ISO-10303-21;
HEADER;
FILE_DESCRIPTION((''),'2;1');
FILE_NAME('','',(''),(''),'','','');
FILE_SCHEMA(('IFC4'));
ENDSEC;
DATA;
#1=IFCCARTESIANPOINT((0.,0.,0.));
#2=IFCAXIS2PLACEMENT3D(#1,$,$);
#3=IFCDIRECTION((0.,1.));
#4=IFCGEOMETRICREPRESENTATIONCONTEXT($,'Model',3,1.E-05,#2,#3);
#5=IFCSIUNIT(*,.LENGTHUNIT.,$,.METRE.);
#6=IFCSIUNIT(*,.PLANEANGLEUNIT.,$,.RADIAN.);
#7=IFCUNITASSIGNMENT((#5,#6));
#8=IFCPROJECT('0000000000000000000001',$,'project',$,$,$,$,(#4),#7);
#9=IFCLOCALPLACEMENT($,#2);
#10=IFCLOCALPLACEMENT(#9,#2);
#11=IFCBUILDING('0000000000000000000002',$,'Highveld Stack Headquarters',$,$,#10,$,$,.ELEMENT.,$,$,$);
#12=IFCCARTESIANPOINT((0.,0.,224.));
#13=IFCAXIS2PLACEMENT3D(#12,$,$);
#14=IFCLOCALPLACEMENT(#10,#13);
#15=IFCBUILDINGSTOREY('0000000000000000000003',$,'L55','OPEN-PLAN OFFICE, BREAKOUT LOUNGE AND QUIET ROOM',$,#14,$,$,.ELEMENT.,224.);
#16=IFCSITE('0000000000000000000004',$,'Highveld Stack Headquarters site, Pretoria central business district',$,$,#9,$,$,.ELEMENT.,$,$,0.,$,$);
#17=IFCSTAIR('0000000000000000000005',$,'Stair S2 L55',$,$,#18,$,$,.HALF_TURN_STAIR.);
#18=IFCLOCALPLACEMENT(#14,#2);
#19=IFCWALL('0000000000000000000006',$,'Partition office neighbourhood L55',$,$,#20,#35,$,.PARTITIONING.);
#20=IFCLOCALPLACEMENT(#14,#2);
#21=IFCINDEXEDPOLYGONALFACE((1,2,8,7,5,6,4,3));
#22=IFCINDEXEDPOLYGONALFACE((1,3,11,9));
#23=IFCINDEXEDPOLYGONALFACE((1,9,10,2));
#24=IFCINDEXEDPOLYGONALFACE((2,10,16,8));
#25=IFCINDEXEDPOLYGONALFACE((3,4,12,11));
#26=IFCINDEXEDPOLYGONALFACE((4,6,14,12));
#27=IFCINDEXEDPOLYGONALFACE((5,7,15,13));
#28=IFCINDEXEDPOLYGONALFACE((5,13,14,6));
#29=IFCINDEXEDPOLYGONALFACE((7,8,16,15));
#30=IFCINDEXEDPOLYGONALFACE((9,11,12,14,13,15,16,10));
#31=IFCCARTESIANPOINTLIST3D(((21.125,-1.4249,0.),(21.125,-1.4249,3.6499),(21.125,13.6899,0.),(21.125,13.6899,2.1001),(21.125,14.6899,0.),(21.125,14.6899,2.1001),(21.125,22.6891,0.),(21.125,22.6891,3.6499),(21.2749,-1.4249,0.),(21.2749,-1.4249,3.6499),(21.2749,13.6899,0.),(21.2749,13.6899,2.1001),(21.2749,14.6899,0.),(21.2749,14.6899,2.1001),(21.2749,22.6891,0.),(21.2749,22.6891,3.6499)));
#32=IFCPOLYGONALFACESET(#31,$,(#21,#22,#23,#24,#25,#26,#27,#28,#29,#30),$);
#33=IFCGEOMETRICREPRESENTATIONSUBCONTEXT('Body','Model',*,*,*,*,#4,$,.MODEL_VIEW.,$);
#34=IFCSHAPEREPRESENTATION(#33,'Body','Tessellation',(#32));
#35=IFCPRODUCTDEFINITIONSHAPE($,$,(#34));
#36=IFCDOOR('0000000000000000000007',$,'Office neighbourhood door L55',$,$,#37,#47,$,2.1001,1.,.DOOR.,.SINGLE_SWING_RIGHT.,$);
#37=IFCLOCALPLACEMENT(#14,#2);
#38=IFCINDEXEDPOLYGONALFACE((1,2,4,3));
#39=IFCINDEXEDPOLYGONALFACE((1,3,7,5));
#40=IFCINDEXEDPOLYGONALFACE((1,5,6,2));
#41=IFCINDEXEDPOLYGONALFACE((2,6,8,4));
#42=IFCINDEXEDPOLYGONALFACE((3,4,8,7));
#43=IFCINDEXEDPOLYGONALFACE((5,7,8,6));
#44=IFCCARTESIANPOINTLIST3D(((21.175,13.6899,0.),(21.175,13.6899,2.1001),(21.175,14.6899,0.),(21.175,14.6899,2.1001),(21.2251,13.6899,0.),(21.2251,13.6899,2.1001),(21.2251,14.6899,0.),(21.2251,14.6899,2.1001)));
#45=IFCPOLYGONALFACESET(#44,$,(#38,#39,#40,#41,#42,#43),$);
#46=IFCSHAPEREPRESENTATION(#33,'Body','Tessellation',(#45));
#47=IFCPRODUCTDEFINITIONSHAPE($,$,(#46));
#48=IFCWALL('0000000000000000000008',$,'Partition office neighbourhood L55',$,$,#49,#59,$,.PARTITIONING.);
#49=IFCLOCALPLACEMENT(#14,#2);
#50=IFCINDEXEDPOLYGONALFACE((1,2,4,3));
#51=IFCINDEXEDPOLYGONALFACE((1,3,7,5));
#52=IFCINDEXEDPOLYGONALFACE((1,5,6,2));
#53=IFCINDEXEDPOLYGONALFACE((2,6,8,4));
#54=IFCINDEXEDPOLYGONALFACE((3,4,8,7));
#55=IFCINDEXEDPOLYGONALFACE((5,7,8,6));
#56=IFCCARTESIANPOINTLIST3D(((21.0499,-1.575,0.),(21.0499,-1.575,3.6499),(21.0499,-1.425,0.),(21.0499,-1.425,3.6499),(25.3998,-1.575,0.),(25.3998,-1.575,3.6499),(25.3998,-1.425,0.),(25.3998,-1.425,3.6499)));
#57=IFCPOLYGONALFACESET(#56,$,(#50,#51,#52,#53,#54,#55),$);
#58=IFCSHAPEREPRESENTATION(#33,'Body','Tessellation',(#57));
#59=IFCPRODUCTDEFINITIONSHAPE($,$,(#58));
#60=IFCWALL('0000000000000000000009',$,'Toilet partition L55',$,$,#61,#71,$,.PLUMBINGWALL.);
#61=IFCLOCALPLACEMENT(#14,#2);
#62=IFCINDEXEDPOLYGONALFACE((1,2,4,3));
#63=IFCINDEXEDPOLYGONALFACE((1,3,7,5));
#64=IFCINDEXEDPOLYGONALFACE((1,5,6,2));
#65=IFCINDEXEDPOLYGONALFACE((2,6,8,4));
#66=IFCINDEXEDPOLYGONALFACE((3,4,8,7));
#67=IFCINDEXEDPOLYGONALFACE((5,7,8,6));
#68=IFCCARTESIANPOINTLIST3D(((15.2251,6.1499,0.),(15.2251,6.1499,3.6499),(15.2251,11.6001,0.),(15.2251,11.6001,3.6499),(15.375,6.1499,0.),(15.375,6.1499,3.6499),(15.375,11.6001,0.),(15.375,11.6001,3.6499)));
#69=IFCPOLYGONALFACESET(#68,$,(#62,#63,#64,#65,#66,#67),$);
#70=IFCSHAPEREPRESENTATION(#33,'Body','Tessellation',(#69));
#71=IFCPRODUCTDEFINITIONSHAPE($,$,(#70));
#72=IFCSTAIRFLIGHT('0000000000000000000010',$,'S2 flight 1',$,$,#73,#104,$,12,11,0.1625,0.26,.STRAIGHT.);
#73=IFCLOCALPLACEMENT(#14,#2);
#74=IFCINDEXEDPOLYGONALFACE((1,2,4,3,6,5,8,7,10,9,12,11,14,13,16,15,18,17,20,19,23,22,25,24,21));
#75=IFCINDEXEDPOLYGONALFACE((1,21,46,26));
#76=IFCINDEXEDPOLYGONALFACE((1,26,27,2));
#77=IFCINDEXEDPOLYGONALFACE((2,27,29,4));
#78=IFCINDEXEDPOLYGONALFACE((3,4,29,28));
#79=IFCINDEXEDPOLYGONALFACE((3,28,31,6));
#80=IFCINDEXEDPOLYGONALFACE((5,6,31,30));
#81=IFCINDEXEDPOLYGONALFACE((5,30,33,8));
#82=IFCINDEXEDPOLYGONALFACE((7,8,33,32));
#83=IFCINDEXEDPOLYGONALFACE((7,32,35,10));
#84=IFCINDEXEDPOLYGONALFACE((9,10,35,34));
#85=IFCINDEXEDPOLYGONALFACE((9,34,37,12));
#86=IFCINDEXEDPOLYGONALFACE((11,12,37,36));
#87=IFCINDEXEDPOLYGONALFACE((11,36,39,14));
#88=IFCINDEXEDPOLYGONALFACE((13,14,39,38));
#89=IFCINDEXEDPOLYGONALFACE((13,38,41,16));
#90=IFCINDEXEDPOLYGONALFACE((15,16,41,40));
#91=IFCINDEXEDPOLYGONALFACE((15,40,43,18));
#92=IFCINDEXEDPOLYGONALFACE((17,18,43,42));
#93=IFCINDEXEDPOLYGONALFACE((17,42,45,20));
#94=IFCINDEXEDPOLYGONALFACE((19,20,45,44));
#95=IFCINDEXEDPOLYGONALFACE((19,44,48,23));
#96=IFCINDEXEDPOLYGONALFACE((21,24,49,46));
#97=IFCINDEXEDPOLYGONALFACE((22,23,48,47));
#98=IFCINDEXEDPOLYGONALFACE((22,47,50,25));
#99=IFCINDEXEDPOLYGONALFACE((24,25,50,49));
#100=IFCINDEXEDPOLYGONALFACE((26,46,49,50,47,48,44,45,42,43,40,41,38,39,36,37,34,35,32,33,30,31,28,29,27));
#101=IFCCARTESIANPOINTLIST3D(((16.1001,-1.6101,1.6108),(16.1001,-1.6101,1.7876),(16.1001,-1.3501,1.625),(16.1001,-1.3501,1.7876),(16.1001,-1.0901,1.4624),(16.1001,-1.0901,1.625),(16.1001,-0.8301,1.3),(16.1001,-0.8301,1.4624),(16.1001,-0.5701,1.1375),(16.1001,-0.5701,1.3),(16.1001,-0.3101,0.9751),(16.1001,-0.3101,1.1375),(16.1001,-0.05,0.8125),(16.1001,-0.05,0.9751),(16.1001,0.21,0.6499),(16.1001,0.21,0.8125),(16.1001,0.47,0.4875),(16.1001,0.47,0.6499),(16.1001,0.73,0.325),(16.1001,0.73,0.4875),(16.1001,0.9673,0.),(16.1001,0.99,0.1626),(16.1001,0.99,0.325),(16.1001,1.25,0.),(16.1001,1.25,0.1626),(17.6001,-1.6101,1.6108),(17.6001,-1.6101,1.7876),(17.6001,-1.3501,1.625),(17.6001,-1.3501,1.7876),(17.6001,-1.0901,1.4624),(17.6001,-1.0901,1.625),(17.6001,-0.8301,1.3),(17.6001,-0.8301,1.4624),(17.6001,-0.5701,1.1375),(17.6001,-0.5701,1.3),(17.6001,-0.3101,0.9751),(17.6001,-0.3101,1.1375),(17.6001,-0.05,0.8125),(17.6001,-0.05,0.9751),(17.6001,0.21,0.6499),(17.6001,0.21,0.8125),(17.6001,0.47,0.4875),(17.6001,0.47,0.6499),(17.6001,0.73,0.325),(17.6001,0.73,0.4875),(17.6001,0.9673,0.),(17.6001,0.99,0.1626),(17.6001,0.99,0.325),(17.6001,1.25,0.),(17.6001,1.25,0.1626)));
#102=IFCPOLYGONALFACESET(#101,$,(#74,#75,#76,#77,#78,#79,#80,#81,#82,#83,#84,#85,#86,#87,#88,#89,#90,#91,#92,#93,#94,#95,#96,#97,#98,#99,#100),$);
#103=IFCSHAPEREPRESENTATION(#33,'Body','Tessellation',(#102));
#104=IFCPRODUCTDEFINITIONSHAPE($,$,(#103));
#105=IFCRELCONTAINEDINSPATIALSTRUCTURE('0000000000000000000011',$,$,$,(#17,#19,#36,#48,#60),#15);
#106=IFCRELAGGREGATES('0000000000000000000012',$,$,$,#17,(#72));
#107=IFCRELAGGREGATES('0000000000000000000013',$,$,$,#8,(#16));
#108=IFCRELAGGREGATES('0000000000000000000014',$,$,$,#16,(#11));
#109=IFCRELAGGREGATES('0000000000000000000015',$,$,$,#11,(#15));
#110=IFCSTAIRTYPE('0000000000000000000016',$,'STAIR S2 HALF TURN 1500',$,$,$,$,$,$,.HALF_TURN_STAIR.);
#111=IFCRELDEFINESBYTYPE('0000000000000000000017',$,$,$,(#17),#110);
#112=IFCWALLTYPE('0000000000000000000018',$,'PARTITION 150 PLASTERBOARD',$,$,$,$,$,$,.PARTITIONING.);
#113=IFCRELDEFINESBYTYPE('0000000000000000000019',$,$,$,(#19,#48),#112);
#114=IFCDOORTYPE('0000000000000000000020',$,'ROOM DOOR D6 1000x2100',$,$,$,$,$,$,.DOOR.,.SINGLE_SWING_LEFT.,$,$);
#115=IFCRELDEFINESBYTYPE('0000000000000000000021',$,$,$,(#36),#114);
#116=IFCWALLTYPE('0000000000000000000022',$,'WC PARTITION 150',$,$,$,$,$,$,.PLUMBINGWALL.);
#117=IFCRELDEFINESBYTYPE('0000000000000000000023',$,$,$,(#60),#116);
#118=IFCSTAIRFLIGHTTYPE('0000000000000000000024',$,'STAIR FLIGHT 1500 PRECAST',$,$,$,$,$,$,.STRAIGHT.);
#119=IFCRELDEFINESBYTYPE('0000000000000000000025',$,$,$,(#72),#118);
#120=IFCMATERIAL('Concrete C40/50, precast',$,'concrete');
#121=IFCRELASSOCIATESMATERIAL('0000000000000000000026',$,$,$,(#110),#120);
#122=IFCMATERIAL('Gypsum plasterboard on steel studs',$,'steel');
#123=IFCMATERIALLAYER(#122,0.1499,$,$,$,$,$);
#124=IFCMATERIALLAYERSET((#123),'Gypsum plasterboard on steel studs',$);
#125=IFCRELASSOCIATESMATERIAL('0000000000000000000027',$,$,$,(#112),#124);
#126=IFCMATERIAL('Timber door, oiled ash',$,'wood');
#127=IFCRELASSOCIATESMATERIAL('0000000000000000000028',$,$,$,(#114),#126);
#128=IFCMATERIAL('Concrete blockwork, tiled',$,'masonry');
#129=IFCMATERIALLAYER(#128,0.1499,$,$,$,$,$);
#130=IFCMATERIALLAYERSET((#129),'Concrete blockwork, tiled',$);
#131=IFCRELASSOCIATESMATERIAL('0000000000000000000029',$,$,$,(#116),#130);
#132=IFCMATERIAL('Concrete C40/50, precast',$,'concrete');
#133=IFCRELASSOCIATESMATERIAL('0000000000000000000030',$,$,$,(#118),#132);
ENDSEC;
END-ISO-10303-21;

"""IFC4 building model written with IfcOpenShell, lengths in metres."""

from ifc_helpers import new_model, si_unit, direction, frame, frame_2d, origin, place, context, subcontext, project, spatial, polyline, rectangle, outline, extrude, material, layer, layer_set, type_object, element, fill, aggregate, save


model = new_model("IFC4")

# Units and contexts
model_context = context("Model", 3, precision=1e-05, world=origin(), true_north=direction((0.0, 1.0)))
body_context = subcontext(model_context, "Body", "Model", "MODEL_VIEW")
ifc_project = project(units=[si_unit("LENGTHUNIT", "METRE"), si_unit("PLANEANGLEUNIT", "RADIAN")], contexts=[model_context])

# Site, building, storey
site_placement = place(None, origin())
site = spatial("IfcSite", under=ifc_project, at=site_placement, Name="Highveld Stack Headquarters site, Pretoria central business district", CompositionType="ELEMENT", RefElevation=0.0)
building_placement = place(site_placement, origin())
building = spatial("IfcBuilding", under=site, at=building_placement, Name="Highveld Stack Headquarters", CompositionType="ELEMENT")
storey_placement = place(building_placement, frame((0.0, 0.0, 224.0)))
storey = spatial("IfcBuildingStorey", under=building, at=storey_placement, Name="L55", Description="OPEN-PLAN OFFICE, BREAKOUT LOUNGE AND QUIET ROOM", CompositionType="ELEMENT", Elevation=224.0)

# Stair
ifc_material_1 = material(Name="Concrete C40/50, precast", Category="concrete")
stair_type_1 = type_object("IfcStairType", Name="STAIR S2 HALF TURN 1500", PredefinedType="HALF_TURN_STAIR", material=ifc_material_1)
stair_1_placement = place(storey_placement, origin())
stair_1 = element("IfcStair", 1, at=stair_1_placement, inside=storey, type_object=stair_type_1, Name="Stair S2 L55", PredefinedType="HALF_TURN_STAIR")

# Wall, opening, door
ifc_material_2 = material(Name="Gypsum plasterboard on steel studs", Category="steel")
ifc_layer_1 = layer(ifc_material_2, 0.1499)
ifc_layer_set_1 = layer_set([ifc_layer_1], Name="Gypsum plasterboard on steel studs")
wall_type_1 = type_object("IfcWallType", Name="PARTITION 150 PLASTERBOARD", PredefinedType="PARTITIONING", material=ifc_layer_set_1)
wall_1_placement = place(storey_placement, frame((21.2, -1.425, 0.0), z_axis=(0.0, 0.0, 1.0), x_axis=(0.0, 1.0, 0.0)))
wall_1 = element("IfcWall", 2, at=wall_1_placement, inside=storey, type_object=wall_type_1, Name="Partition office neighbourhood L55", PredefinedType="PARTITIONING", context=body_context, shape_type="SweptSolid", body=[
    extrude(rectangle(XDim=24.114, YDim=0.1499, at=frame_2d((12.0571, 0.0))), origin(), (0.0, 0.0, 1.0), 3.6499),
])
opening_1_placement = place(wall_1_placement, frame((15.115, 0.0, 0.0)))
opening_1 = element("IfcOpeningElement", 3, at=opening_1_placement, cuts=wall_1, PredefinedType="OPENING", context=body_context, shape_type="SweptSolid", body=[
    extrude(rectangle(XDim=1.0, YDim=2.1001, at=frame_2d((0.5, 1.05))), frame((0.0, 0.085, 0.0), z_axis=(0.0, -1.0, 0.0), x_axis=(1.0, 0.0, 0.0)), (0.0, 0.0, 1.0), 0.1699),
])
ifc_material_3 = material(Name="Timber door, oiled ash", Category="wood")
door_type_1 = type_object("IfcDoorType", Name="ROOM DOOR D6 1000x2100", OperationType="SINGLE_SWING_LEFT", PredefinedType="DOOR", material=ifc_material_3)
door_1_placement = place(opening_1_placement, origin())
door_1 = element("IfcDoor", 4, at=door_1_placement, inside=storey, type_object=door_type_1, Name="Office neighbourhood door L55", OperationType="SINGLE_SWING_RIGHT", OverallHeight=2.1001, OverallWidth=1.0, PredefinedType="DOOR", context=body_context, shape_type="SweptSolid", body=[
    extrude(rectangle(XDim=1.0, YDim=2.1001, at=frame_2d((0.5, 1.05))), frame((0.0, 0.0249, 0.0), z_axis=(0.0, -1.0, 0.0), x_axis=(1.0, 0.0, 0.0)), (0.0, 0.0, 1.0), 0.05),
])
fill(opening_1, door_1)

# Walls
wall_2_placement = place(storey_placement, frame((21.05, -1.5, 0.0), z_axis=(0.0, 0.0, 1.0), x_axis=(1.0, 0.0, 0.0)))
element("IfcWall", 5, at=wall_2_placement, inside=storey, type_object=wall_type_1, Name="Partition office neighbourhood L55", PredefinedType="PARTITIONING", context=body_context, shape_type="SweptSolid", body=[
    extrude(rectangle(XDim=4.3499, YDim=0.1499, at=frame_2d((2.1748, 0.0))), origin(), (0.0, 0.0, 1.0), 3.6499),
])
ifc_material_4 = material(Name="Concrete blockwork, tiled", Category="masonry")
ifc_layer_2 = layer(ifc_material_4, 0.1499)
ifc_layer_set_2 = layer_set([ifc_layer_2], Name="Concrete blockwork, tiled")
wall_type_2 = type_object("IfcWallType", Name="WC PARTITION 150", PredefinedType="PLUMBINGWALL", material=ifc_layer_set_2)
wall_3_placement = place(storey_placement, frame((15.3, 6.1499, 0.0), z_axis=(0.0, 0.0, 1.0), x_axis=(0.0, 1.0, 0.0)))
element("IfcWall", 6, at=wall_3_placement, inside=storey, type_object=wall_type_2, Name="Toilet partition L55", PredefinedType="PLUMBINGWALL", context=body_context, shape_type="SweptSolid", body=[
    extrude(rectangle(XDim=5.4502, YDim=0.1499, at=frame_2d((2.7251, 0.0))), origin(), (0.0, 0.0, 1.0), 3.6499),
])

# Stair flight
ifc_material_5 = material(Name="Concrete C40/50, precast", Category="concrete")
stair_flight_type = type_object("IfcStairFlightType", Name="STAIR FLIGHT 1500 PRECAST", PredefinedType="STRAIGHT", material=ifc_material_5)
stair_flight_placement = place(storey_placement, frame((16.8501, 1.25, 0.0), z_axis=(0.0, 0.0, 1.0), x_axis=(0.0, -1.0, 0.0)))
stair_flight = element("IfcStairFlight", 7, at=stair_flight_placement, type_object=stair_flight_type, Name="S2 flight 1", NumberOfRisers=12, NumberOfTreads=11, PredefinedType="STRAIGHT", RiserHeight=0.1625, TreadLength=0.26, context=body_context, shape_type="SweptSolid", body=[
    extrude(outline(polyline([(0.0, 0.0), (0.0, 0.1626), (0.26, 0.1626), (0.26, 0.325), (0.52, 0.325), (0.52, 0.4875), (0.78, 0.4875), (0.78, 0.6499), (1.04, 0.6499), (1.04, 0.8125), (1.3, 0.8125), (1.3, 0.9751), (1.5601, 0.9751), (1.5601, 1.1375), (1.8201, 1.1375), (1.8201, 1.3), (2.0801, 1.3), (2.0801, 1.4624), (2.3401, 1.4624), (2.3401, 1.625), (2.6001, 1.625), (2.6001, 1.7876), (2.8601, 1.7876), (2.8601, 1.95), (2.8601, 1.6108), (0.2827, 0.0), (0.0, 0.0)])), frame((0.0, 0.75, 0.0), z_axis=(0.0, -1.0, 0.0), x_axis=(1.0, 0.0, 0.0)), (0.0, 0.0, 1.0), 1.5),
])
aggregate(stair_1, [stair_flight])

save(model, "model.ifc")
